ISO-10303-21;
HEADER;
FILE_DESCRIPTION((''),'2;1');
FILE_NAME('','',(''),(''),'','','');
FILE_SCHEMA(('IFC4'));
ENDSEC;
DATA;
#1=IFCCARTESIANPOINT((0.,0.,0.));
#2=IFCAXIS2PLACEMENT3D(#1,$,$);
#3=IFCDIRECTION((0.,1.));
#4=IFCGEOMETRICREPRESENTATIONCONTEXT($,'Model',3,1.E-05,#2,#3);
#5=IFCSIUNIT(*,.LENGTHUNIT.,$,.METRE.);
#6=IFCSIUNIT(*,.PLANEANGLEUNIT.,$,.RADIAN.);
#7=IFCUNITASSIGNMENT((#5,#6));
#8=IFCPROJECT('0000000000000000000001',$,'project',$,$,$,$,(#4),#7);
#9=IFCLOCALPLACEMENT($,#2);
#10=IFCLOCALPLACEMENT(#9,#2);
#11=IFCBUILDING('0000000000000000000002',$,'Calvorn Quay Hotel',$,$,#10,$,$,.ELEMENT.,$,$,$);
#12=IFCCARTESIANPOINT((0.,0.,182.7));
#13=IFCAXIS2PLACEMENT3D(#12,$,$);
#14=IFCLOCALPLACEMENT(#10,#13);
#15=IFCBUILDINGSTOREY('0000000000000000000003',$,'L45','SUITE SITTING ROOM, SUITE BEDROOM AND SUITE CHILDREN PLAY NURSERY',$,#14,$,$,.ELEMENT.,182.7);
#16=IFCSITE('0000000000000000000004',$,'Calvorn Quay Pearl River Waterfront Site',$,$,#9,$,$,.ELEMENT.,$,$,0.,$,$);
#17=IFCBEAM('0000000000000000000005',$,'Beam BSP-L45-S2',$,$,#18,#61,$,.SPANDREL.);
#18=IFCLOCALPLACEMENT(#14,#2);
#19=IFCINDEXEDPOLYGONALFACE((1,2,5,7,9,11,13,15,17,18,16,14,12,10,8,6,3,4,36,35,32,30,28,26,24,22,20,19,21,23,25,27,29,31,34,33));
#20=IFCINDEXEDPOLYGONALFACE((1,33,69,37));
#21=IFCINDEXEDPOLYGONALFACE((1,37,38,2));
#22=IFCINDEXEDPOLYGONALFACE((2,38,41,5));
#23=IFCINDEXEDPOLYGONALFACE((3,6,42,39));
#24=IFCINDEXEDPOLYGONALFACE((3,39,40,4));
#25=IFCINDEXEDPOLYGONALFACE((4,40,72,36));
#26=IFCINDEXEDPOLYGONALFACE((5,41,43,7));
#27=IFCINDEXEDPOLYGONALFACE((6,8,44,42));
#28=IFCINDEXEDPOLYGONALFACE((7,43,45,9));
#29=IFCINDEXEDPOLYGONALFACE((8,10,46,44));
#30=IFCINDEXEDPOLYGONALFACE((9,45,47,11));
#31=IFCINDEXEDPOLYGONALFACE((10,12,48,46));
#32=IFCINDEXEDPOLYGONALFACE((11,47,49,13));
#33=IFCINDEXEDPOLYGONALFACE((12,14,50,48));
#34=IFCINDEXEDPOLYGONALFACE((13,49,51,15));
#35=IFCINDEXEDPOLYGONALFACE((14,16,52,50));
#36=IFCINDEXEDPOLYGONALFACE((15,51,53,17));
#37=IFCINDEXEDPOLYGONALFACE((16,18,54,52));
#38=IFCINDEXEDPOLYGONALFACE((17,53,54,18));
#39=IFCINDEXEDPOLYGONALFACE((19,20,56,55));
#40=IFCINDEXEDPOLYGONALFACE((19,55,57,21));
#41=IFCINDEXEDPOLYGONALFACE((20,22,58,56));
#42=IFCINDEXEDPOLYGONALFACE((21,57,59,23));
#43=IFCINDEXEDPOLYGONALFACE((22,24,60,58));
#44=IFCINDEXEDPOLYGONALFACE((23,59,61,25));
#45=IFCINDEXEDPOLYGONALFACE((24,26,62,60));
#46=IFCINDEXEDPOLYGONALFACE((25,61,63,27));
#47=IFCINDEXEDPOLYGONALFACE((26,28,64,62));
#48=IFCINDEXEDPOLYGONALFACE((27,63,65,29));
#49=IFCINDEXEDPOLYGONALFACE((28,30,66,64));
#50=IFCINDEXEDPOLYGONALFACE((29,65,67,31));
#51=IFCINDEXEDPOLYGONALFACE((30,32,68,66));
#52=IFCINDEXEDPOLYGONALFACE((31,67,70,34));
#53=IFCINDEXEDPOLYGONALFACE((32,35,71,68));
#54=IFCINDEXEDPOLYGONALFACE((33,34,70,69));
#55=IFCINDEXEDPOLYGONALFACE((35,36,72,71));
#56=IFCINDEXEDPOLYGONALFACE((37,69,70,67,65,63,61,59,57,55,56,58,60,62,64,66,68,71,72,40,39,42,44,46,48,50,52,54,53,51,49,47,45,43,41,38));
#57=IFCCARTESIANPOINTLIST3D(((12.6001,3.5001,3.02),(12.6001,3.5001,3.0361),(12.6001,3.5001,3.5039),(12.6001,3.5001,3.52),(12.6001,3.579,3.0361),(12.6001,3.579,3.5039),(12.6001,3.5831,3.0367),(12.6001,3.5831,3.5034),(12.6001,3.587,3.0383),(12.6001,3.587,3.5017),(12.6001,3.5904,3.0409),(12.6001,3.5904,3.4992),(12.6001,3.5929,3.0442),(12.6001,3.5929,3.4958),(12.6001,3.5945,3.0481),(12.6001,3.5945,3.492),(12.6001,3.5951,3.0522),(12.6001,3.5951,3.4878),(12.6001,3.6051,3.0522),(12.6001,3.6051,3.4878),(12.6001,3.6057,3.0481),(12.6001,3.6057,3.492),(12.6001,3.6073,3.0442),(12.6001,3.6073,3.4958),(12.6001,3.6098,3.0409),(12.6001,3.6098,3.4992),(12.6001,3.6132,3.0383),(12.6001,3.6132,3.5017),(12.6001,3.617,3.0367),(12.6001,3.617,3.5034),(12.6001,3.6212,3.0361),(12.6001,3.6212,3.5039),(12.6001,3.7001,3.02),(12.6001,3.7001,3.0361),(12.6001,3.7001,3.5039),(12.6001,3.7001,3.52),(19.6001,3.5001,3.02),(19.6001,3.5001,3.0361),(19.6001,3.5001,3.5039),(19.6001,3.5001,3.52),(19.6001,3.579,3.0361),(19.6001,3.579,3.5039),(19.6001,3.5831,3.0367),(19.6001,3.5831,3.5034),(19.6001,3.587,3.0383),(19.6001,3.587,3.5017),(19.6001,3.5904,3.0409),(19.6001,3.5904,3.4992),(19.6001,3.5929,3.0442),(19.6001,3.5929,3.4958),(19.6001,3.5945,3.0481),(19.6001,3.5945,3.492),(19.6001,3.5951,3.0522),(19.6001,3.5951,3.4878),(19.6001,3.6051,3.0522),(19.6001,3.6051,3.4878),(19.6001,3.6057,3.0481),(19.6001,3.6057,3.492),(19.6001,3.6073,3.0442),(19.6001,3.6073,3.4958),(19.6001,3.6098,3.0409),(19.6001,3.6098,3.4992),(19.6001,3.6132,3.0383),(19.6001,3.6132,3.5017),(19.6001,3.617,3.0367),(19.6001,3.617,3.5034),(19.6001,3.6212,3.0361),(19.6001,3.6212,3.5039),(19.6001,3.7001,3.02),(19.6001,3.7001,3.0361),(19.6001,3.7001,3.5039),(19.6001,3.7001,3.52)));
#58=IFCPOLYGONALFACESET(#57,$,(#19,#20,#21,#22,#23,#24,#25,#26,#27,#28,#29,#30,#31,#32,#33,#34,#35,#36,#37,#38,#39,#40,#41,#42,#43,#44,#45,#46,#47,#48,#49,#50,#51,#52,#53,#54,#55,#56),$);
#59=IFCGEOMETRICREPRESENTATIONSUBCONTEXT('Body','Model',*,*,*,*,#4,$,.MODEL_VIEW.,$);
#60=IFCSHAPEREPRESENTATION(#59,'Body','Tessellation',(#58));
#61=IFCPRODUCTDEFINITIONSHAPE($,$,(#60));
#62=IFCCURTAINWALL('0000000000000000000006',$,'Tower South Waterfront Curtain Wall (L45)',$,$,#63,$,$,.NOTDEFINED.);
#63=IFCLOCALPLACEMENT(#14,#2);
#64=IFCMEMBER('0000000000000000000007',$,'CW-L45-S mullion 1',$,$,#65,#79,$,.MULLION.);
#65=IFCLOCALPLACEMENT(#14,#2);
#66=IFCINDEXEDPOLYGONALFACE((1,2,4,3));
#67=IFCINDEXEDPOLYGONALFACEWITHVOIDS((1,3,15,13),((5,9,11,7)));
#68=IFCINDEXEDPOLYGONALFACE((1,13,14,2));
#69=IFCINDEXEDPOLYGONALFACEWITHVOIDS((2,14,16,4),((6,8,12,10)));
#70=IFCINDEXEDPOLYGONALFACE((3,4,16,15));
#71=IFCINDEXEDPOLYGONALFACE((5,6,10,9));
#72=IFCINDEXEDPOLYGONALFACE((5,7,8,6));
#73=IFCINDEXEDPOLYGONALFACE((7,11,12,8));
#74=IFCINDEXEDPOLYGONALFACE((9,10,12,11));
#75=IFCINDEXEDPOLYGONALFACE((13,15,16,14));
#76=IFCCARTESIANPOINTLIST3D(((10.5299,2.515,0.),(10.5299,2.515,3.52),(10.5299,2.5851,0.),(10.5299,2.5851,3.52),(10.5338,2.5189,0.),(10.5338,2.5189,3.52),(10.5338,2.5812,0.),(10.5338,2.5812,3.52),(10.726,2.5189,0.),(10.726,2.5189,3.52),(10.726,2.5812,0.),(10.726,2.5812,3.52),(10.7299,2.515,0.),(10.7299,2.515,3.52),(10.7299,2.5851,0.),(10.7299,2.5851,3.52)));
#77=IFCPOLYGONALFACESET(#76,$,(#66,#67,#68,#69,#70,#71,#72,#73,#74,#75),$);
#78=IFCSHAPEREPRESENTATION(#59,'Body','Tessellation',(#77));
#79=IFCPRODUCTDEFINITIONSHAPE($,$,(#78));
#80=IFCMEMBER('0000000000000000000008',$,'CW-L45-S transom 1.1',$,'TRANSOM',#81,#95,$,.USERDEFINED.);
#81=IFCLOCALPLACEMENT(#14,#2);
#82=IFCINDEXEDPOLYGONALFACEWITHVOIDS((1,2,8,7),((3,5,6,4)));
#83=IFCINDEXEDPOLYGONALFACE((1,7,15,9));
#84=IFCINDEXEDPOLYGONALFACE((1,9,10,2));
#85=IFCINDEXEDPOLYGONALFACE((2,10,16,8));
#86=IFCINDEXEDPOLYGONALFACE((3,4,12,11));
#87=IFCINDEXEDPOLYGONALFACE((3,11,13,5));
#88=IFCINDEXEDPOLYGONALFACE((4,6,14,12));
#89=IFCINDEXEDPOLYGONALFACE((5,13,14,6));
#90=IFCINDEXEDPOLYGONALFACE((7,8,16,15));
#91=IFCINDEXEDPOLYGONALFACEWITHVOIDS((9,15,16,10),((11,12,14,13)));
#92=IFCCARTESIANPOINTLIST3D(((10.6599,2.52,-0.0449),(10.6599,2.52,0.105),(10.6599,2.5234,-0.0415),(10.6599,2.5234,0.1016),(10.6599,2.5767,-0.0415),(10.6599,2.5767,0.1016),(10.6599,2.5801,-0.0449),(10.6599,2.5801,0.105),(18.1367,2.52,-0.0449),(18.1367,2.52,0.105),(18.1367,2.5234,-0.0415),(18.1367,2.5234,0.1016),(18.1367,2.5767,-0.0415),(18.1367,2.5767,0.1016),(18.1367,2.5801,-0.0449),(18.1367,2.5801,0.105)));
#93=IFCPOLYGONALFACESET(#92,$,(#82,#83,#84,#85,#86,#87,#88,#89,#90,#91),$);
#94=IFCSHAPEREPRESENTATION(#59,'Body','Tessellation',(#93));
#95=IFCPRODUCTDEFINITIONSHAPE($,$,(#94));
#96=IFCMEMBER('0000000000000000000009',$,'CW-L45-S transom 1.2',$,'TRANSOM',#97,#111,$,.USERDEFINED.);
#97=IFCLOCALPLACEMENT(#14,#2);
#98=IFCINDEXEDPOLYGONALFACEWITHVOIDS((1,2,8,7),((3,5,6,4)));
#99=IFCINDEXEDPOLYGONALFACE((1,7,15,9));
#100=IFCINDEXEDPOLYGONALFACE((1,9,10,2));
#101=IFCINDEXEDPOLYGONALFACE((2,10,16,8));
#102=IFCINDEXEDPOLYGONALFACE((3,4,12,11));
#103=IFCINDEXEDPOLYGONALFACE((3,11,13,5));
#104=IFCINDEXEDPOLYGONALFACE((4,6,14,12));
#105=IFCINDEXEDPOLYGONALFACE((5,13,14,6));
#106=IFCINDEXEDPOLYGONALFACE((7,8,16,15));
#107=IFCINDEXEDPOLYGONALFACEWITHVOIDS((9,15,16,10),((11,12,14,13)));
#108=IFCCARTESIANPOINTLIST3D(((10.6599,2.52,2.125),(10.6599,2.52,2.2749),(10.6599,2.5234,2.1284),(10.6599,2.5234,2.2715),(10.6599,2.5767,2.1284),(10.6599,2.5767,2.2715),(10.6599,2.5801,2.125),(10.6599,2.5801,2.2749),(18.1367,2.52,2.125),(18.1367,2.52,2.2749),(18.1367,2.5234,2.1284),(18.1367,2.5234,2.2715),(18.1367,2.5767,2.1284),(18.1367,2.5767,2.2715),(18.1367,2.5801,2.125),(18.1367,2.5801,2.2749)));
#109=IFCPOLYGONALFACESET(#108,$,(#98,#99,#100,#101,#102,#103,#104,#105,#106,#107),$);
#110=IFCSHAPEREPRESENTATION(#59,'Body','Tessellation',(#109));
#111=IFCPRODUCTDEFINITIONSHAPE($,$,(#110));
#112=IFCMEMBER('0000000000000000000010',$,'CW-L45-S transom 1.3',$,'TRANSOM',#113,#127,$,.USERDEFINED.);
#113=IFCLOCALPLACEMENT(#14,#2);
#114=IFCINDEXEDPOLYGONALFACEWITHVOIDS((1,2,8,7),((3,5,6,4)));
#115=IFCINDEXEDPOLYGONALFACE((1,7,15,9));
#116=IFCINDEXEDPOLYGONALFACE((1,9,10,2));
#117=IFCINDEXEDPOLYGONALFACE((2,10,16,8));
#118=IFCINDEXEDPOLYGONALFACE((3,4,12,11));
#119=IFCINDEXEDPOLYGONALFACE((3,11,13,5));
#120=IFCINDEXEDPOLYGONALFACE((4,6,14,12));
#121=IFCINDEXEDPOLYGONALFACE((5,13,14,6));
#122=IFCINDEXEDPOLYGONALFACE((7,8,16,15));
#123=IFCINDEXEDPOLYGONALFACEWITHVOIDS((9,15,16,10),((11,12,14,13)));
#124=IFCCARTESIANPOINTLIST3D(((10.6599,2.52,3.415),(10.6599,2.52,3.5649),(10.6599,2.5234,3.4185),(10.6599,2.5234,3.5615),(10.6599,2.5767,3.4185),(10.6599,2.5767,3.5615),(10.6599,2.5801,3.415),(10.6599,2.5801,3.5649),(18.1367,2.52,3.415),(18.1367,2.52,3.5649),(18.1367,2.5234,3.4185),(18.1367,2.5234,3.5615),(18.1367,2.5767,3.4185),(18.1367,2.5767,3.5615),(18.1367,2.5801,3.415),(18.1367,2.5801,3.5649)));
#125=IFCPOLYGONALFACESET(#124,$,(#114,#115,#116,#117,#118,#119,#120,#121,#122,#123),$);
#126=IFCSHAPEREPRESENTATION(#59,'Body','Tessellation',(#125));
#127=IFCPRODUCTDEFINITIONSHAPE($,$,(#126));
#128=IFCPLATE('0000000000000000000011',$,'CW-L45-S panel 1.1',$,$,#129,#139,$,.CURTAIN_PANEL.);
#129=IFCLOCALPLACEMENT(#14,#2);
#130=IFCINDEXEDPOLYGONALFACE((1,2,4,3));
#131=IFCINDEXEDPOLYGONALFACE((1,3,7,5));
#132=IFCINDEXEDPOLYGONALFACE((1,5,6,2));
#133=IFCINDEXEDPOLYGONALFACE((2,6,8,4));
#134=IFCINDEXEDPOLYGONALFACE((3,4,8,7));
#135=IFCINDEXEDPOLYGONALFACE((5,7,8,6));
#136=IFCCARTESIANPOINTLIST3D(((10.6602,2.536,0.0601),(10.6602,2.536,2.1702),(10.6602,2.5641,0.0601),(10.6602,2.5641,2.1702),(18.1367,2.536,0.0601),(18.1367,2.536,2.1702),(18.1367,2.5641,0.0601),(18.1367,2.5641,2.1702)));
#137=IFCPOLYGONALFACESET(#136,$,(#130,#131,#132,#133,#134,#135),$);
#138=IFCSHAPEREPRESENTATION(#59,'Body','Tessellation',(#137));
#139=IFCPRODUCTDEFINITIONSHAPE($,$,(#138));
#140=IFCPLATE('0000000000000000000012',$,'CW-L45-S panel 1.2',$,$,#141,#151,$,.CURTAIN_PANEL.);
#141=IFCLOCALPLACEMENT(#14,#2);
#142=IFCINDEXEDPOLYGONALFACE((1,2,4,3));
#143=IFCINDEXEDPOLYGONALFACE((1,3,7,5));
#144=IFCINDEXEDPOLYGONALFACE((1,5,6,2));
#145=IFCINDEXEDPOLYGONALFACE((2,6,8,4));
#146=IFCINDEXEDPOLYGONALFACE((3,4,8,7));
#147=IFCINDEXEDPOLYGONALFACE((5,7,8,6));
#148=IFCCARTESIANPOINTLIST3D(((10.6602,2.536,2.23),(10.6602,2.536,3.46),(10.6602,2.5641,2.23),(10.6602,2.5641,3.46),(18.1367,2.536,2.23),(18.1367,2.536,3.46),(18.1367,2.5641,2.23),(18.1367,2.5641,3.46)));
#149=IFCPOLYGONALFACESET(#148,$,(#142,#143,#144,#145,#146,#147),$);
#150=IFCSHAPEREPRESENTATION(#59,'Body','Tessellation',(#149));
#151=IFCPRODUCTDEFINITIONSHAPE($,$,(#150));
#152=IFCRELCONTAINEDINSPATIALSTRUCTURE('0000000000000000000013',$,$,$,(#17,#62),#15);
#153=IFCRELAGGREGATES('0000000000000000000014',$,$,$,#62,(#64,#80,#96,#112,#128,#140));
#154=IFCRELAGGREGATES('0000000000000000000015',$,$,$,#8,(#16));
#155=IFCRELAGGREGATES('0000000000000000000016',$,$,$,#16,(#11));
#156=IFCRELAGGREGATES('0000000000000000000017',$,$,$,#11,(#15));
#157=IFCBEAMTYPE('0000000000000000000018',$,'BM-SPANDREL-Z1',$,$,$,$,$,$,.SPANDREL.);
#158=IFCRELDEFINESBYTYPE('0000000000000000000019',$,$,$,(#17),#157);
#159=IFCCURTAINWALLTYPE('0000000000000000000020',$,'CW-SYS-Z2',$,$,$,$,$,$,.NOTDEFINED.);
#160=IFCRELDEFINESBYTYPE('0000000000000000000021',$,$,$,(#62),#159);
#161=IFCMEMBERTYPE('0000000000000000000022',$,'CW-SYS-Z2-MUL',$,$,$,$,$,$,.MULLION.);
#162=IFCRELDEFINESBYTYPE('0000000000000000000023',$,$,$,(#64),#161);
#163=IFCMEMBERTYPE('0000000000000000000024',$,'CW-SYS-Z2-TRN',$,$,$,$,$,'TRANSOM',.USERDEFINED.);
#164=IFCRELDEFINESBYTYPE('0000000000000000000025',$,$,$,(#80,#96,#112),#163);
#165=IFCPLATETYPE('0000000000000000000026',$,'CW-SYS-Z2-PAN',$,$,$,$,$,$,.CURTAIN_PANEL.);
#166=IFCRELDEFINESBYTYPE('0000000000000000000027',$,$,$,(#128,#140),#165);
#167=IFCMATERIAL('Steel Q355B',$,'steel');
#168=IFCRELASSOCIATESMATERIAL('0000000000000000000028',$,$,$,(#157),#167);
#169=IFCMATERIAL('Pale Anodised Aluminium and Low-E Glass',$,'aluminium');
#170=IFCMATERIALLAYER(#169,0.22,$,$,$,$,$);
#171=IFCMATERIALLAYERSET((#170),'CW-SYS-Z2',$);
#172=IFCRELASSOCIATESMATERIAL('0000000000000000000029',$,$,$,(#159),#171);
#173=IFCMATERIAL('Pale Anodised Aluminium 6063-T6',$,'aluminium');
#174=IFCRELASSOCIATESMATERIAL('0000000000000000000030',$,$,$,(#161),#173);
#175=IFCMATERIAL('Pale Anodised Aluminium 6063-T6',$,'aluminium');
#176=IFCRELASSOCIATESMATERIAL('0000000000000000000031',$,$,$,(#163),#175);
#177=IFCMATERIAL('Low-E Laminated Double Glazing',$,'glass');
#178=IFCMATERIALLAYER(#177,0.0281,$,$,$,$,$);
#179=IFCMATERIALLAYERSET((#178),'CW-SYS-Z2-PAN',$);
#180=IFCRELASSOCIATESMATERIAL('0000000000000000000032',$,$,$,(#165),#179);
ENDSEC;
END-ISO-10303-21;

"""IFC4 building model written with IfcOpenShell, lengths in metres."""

from ifc_helpers import new_model, si_unit, direction, frame, origin, origin_2d, place, context, subcontext, project, spatial, rectangle, hollow_rectangle, i_section, extrude, material, layer, layer_set, material_profile, profile_set, type_object, element, aggregate, save


model = new_model("IFC4")

# Units and contexts
model_context = context("Model", 3, precision=1e-05, world=origin(), true_north=direction((0.0, 1.0)))
body_context = subcontext(model_context, "Body", "Model", "MODEL_VIEW")
ifc_project = project(units=[si_unit("LENGTHUNIT", "METRE"), si_unit("PLANEANGLEUNIT", "RADIAN")], contexts=[model_context])

# Site, building, storey
site_placement = place(None, origin())
site = spatial("IfcSite", under=ifc_project, at=site_placement, Name="Calvorn Quay Pearl River Waterfront Site", CompositionType="ELEMENT", RefElevation=0.0)
building_placement = place(site_placement, origin())
building = spatial("IfcBuilding", under=site, at=building_placement, Name="Calvorn Quay Hotel", CompositionType="ELEMENT")
storey_placement = place(building_placement, frame((0.0, 0.0, 182.7)))
storey = spatial("IfcBuildingStorey", under=building, at=storey_placement, Name="L45", Description="SUITE SITTING ROOM, SUITE BEDROOM AND SUITE CHILDREN PLAY NURSERY", CompositionType="ELEMENT", Elevation=182.7)

# Beam
ifc_material_1 = material(Name="Steel Q355B", Category="steel")
ifc_material_profile_1 = material_profile(ifc_material_1, i_section(OverallWidth=0.2, OverallDepth=0.5, WebThickness=0.01, FlangeThickness=0.0161, FilletRadius=0.0161, at=origin_2d()), Name="HN500x200x10x16")
ifc_profile_set_1 = profile_set([ifc_material_profile_1], Name="Steel Q355B")
beam_type_1 = type_object("IfcBeamType", Name="BM-SPANDREL-Z1", PredefinedType="SPANDREL", material=ifc_profile_set_1)
beam_1_placement = place(storey_placement, frame((12.6001, 3.6001, 3.27), z_axis=(1.0, 0.0, 0.0), x_axis=(0.0, 1.0, 0.0)))
element("IfcBeam", 1, at=beam_1_placement, inside=storey, type_object=beam_type_1, Name="Beam BSP-L45-S2", PredefinedType="SPANDREL", context=body_context, shape_type="SweptSolid", body=[
    extrude(i_section(OverallWidth=0.2, OverallDepth=0.5, WebThickness=0.01, FlangeThickness=0.0161, FilletRadius=0.0161, at=origin_2d()), origin(), (0.0, 0.0, 1.0), 7.0),
])

# Curtain wall, members, plates
ifc_material_2 = material(Name="Pale Anodised Aluminium and Low-E Glass", Category="aluminium")
ifc_layer_1 = layer(ifc_material_2, 0.22)
ifc_layer_set_1 = layer_set([ifc_layer_1], Name="CW-SYS-Z2")
curtain_wall_type = type_object("IfcCurtainWallType", Name="CW-SYS-Z2", PredefinedType="NOTDEFINED", material=ifc_layer_set_1)
curtain_wall_placement = place(storey_placement, origin())
curtain_wall = element("IfcCurtainWall", 2, at=curtain_wall_placement, inside=storey, type_object=curtain_wall_type, Name="Tower South Waterfront Curtain Wall (L45)", PredefinedType="NOTDEFINED")
ifc_material_3 = material(Name="Pale Anodised Aluminium 6063-T6", Category="aluminium")
ifc_material_profile_2 = material_profile(ifc_material_3, hollow_rectangle(XDim=0.0701, YDim=0.2, WallThickness=0.0039, at=origin_2d()), Name="ALU-M200x70x4")
ifc_profile_set_2 = profile_set([ifc_material_profile_2], Name="Pale Anodised Aluminium 6063-T6")
member_type_1 = type_object("IfcMemberType", Name="CW-SYS-Z2-MUL", PredefinedType="MULLION", material=ifc_profile_set_2)
member_1_placement = place(storey_placement, frame((10.6299, 2.55, 0.0), z_axis=(0.0, 0.0, 1.0), x_axis=(0.0, 1.0, 0.0)))
member_1 = element("IfcMember", 3, at=member_1_placement, type_object=member_type_1, Name="CW-L45-S mullion 1", PredefinedType="MULLION", context=body_context, shape_type="SweptSolid", body=[
    extrude(hollow_rectangle(XDim=0.0701, YDim=0.2, WallThickness=0.0039, at=origin_2d()), origin(), (0.0, 0.0, 1.0), 3.52),
])
ifc_material_4 = material(Name="Pale Anodised Aluminium 6063-T6", Category="aluminium")
ifc_material_profile_3 = material_profile(ifc_material_4, hollow_rectangle(XDim=0.0601, YDim=0.1499, WallThickness=0.0034, at=origin_2d()), Name="ALU-T150x60x3.5")
ifc_profile_set_3 = profile_set([ifc_material_profile_3], Name="Pale Anodised Aluminium 6063-T6")
member_type_2 = type_object("IfcMemberType", Name="CW-SYS-Z2-TRN", ElementType="TRANSOM", PredefinedType="USERDEFINED", material=ifc_profile_set_3)
member_2_placement = place(storey_placement, frame((10.6599, 2.55, 0.03), z_axis=(1.0, 0.0, 0.0), x_axis=(0.0, 1.0, 0.0)))
member_2 = element("IfcMember", 4, at=member_2_placement, type_object=member_type_2, Name="CW-L45-S transom 1.1", ObjectType="TRANSOM", PredefinedType="USERDEFINED", context=body_context, shape_type="SweptSolid", body=[
    extrude(hollow_rectangle(XDim=0.0601, YDim=0.1499, WallThickness=0.0034, at=origin_2d()), origin(), (0.0, 0.0, 1.0), 7.4768),
])
member_3_placement = place(storey_placement, frame((10.6599, 2.55, 2.2), z_axis=(1.0, 0.0, 0.0), x_axis=(0.0, 1.0, 0.0)))
member_3 = element("IfcMember", 5, at=member_3_placement, type_object=member_type_2, Name="CW-L45-S transom 1.2", ObjectType="TRANSOM", PredefinedType="USERDEFINED", context=body_context, shape_type="SweptSolid", body=[
    extrude(hollow_rectangle(XDim=0.0601, YDim=0.1499, WallThickness=0.0034, at=origin_2d()), origin(), (0.0, 0.0, 1.0), 7.4768),
])
member_4_placement = place(storey_placement, frame((10.6599, 2.55, 3.49), z_axis=(1.0, 0.0, 0.0), x_axis=(0.0, 1.0, 0.0)))
member_4 = element("IfcMember", 6, at=member_4_placement, type_object=member_type_2, Name="CW-L45-S transom 1.3", ObjectType="TRANSOM", PredefinedType="USERDEFINED", context=body_context, shape_type="SweptSolid", body=[
    extrude(hollow_rectangle(XDim=0.0601, YDim=0.1499, WallThickness=0.0034, at=origin_2d()), origin(), (0.0, 0.0, 1.0), 7.4768),
])
ifc_material_5 = material(Name="Low-E Laminated Double Glazing", Category="glass")
ifc_layer_2 = layer(ifc_material_5, 0.0281)
ifc_layer_set_2 = layer_set([ifc_layer_2], Name="CW-SYS-Z2-PAN")
plate_type = type_object("IfcPlateType", Name="CW-SYS-Z2-PAN", PredefinedType="CURTAIN_PANEL", material=ifc_layer_set_2)
plate_1_placement = place(storey_placement, frame((14.3984, 2.55, 0.0601), z_axis=(0.0, 0.0, 1.0), x_axis=(1.0, 0.0, 0.0)))
plate_1 = element("IfcPlate", 7, at=plate_1_placement, type_object=plate_type, Name="CW-L45-S panel 1.1", PredefinedType="CURTAIN_PANEL", context=body_context, shape_type="SweptSolid", body=[
    extrude(rectangle(XDim=7.4766, YDim=0.0281, at=origin_2d()), origin(), (0.0, 0.0, 1.0), 2.1101),
])
plate_2_placement = place(storey_placement, frame((14.3984, 2.55, 2.23), z_axis=(0.0, 0.0, 1.0), x_axis=(1.0, 0.0, 0.0)))
plate_2 = element("IfcPlate", 8, at=plate_2_placement, type_object=plate_type, Name="CW-L45-S panel 1.2", PredefinedType="CURTAIN_PANEL", context=body_context, shape_type="SweptSolid", body=[
    extrude(rectangle(XDim=7.4766, YDim=0.0281, at=origin_2d()), origin(), (0.0, 0.0, 1.0), 1.23),
])
aggregate(curtain_wall, [member_1, member_2, member_3, member_4, plate_1, plate_2])

save(model, "model.ifc")
